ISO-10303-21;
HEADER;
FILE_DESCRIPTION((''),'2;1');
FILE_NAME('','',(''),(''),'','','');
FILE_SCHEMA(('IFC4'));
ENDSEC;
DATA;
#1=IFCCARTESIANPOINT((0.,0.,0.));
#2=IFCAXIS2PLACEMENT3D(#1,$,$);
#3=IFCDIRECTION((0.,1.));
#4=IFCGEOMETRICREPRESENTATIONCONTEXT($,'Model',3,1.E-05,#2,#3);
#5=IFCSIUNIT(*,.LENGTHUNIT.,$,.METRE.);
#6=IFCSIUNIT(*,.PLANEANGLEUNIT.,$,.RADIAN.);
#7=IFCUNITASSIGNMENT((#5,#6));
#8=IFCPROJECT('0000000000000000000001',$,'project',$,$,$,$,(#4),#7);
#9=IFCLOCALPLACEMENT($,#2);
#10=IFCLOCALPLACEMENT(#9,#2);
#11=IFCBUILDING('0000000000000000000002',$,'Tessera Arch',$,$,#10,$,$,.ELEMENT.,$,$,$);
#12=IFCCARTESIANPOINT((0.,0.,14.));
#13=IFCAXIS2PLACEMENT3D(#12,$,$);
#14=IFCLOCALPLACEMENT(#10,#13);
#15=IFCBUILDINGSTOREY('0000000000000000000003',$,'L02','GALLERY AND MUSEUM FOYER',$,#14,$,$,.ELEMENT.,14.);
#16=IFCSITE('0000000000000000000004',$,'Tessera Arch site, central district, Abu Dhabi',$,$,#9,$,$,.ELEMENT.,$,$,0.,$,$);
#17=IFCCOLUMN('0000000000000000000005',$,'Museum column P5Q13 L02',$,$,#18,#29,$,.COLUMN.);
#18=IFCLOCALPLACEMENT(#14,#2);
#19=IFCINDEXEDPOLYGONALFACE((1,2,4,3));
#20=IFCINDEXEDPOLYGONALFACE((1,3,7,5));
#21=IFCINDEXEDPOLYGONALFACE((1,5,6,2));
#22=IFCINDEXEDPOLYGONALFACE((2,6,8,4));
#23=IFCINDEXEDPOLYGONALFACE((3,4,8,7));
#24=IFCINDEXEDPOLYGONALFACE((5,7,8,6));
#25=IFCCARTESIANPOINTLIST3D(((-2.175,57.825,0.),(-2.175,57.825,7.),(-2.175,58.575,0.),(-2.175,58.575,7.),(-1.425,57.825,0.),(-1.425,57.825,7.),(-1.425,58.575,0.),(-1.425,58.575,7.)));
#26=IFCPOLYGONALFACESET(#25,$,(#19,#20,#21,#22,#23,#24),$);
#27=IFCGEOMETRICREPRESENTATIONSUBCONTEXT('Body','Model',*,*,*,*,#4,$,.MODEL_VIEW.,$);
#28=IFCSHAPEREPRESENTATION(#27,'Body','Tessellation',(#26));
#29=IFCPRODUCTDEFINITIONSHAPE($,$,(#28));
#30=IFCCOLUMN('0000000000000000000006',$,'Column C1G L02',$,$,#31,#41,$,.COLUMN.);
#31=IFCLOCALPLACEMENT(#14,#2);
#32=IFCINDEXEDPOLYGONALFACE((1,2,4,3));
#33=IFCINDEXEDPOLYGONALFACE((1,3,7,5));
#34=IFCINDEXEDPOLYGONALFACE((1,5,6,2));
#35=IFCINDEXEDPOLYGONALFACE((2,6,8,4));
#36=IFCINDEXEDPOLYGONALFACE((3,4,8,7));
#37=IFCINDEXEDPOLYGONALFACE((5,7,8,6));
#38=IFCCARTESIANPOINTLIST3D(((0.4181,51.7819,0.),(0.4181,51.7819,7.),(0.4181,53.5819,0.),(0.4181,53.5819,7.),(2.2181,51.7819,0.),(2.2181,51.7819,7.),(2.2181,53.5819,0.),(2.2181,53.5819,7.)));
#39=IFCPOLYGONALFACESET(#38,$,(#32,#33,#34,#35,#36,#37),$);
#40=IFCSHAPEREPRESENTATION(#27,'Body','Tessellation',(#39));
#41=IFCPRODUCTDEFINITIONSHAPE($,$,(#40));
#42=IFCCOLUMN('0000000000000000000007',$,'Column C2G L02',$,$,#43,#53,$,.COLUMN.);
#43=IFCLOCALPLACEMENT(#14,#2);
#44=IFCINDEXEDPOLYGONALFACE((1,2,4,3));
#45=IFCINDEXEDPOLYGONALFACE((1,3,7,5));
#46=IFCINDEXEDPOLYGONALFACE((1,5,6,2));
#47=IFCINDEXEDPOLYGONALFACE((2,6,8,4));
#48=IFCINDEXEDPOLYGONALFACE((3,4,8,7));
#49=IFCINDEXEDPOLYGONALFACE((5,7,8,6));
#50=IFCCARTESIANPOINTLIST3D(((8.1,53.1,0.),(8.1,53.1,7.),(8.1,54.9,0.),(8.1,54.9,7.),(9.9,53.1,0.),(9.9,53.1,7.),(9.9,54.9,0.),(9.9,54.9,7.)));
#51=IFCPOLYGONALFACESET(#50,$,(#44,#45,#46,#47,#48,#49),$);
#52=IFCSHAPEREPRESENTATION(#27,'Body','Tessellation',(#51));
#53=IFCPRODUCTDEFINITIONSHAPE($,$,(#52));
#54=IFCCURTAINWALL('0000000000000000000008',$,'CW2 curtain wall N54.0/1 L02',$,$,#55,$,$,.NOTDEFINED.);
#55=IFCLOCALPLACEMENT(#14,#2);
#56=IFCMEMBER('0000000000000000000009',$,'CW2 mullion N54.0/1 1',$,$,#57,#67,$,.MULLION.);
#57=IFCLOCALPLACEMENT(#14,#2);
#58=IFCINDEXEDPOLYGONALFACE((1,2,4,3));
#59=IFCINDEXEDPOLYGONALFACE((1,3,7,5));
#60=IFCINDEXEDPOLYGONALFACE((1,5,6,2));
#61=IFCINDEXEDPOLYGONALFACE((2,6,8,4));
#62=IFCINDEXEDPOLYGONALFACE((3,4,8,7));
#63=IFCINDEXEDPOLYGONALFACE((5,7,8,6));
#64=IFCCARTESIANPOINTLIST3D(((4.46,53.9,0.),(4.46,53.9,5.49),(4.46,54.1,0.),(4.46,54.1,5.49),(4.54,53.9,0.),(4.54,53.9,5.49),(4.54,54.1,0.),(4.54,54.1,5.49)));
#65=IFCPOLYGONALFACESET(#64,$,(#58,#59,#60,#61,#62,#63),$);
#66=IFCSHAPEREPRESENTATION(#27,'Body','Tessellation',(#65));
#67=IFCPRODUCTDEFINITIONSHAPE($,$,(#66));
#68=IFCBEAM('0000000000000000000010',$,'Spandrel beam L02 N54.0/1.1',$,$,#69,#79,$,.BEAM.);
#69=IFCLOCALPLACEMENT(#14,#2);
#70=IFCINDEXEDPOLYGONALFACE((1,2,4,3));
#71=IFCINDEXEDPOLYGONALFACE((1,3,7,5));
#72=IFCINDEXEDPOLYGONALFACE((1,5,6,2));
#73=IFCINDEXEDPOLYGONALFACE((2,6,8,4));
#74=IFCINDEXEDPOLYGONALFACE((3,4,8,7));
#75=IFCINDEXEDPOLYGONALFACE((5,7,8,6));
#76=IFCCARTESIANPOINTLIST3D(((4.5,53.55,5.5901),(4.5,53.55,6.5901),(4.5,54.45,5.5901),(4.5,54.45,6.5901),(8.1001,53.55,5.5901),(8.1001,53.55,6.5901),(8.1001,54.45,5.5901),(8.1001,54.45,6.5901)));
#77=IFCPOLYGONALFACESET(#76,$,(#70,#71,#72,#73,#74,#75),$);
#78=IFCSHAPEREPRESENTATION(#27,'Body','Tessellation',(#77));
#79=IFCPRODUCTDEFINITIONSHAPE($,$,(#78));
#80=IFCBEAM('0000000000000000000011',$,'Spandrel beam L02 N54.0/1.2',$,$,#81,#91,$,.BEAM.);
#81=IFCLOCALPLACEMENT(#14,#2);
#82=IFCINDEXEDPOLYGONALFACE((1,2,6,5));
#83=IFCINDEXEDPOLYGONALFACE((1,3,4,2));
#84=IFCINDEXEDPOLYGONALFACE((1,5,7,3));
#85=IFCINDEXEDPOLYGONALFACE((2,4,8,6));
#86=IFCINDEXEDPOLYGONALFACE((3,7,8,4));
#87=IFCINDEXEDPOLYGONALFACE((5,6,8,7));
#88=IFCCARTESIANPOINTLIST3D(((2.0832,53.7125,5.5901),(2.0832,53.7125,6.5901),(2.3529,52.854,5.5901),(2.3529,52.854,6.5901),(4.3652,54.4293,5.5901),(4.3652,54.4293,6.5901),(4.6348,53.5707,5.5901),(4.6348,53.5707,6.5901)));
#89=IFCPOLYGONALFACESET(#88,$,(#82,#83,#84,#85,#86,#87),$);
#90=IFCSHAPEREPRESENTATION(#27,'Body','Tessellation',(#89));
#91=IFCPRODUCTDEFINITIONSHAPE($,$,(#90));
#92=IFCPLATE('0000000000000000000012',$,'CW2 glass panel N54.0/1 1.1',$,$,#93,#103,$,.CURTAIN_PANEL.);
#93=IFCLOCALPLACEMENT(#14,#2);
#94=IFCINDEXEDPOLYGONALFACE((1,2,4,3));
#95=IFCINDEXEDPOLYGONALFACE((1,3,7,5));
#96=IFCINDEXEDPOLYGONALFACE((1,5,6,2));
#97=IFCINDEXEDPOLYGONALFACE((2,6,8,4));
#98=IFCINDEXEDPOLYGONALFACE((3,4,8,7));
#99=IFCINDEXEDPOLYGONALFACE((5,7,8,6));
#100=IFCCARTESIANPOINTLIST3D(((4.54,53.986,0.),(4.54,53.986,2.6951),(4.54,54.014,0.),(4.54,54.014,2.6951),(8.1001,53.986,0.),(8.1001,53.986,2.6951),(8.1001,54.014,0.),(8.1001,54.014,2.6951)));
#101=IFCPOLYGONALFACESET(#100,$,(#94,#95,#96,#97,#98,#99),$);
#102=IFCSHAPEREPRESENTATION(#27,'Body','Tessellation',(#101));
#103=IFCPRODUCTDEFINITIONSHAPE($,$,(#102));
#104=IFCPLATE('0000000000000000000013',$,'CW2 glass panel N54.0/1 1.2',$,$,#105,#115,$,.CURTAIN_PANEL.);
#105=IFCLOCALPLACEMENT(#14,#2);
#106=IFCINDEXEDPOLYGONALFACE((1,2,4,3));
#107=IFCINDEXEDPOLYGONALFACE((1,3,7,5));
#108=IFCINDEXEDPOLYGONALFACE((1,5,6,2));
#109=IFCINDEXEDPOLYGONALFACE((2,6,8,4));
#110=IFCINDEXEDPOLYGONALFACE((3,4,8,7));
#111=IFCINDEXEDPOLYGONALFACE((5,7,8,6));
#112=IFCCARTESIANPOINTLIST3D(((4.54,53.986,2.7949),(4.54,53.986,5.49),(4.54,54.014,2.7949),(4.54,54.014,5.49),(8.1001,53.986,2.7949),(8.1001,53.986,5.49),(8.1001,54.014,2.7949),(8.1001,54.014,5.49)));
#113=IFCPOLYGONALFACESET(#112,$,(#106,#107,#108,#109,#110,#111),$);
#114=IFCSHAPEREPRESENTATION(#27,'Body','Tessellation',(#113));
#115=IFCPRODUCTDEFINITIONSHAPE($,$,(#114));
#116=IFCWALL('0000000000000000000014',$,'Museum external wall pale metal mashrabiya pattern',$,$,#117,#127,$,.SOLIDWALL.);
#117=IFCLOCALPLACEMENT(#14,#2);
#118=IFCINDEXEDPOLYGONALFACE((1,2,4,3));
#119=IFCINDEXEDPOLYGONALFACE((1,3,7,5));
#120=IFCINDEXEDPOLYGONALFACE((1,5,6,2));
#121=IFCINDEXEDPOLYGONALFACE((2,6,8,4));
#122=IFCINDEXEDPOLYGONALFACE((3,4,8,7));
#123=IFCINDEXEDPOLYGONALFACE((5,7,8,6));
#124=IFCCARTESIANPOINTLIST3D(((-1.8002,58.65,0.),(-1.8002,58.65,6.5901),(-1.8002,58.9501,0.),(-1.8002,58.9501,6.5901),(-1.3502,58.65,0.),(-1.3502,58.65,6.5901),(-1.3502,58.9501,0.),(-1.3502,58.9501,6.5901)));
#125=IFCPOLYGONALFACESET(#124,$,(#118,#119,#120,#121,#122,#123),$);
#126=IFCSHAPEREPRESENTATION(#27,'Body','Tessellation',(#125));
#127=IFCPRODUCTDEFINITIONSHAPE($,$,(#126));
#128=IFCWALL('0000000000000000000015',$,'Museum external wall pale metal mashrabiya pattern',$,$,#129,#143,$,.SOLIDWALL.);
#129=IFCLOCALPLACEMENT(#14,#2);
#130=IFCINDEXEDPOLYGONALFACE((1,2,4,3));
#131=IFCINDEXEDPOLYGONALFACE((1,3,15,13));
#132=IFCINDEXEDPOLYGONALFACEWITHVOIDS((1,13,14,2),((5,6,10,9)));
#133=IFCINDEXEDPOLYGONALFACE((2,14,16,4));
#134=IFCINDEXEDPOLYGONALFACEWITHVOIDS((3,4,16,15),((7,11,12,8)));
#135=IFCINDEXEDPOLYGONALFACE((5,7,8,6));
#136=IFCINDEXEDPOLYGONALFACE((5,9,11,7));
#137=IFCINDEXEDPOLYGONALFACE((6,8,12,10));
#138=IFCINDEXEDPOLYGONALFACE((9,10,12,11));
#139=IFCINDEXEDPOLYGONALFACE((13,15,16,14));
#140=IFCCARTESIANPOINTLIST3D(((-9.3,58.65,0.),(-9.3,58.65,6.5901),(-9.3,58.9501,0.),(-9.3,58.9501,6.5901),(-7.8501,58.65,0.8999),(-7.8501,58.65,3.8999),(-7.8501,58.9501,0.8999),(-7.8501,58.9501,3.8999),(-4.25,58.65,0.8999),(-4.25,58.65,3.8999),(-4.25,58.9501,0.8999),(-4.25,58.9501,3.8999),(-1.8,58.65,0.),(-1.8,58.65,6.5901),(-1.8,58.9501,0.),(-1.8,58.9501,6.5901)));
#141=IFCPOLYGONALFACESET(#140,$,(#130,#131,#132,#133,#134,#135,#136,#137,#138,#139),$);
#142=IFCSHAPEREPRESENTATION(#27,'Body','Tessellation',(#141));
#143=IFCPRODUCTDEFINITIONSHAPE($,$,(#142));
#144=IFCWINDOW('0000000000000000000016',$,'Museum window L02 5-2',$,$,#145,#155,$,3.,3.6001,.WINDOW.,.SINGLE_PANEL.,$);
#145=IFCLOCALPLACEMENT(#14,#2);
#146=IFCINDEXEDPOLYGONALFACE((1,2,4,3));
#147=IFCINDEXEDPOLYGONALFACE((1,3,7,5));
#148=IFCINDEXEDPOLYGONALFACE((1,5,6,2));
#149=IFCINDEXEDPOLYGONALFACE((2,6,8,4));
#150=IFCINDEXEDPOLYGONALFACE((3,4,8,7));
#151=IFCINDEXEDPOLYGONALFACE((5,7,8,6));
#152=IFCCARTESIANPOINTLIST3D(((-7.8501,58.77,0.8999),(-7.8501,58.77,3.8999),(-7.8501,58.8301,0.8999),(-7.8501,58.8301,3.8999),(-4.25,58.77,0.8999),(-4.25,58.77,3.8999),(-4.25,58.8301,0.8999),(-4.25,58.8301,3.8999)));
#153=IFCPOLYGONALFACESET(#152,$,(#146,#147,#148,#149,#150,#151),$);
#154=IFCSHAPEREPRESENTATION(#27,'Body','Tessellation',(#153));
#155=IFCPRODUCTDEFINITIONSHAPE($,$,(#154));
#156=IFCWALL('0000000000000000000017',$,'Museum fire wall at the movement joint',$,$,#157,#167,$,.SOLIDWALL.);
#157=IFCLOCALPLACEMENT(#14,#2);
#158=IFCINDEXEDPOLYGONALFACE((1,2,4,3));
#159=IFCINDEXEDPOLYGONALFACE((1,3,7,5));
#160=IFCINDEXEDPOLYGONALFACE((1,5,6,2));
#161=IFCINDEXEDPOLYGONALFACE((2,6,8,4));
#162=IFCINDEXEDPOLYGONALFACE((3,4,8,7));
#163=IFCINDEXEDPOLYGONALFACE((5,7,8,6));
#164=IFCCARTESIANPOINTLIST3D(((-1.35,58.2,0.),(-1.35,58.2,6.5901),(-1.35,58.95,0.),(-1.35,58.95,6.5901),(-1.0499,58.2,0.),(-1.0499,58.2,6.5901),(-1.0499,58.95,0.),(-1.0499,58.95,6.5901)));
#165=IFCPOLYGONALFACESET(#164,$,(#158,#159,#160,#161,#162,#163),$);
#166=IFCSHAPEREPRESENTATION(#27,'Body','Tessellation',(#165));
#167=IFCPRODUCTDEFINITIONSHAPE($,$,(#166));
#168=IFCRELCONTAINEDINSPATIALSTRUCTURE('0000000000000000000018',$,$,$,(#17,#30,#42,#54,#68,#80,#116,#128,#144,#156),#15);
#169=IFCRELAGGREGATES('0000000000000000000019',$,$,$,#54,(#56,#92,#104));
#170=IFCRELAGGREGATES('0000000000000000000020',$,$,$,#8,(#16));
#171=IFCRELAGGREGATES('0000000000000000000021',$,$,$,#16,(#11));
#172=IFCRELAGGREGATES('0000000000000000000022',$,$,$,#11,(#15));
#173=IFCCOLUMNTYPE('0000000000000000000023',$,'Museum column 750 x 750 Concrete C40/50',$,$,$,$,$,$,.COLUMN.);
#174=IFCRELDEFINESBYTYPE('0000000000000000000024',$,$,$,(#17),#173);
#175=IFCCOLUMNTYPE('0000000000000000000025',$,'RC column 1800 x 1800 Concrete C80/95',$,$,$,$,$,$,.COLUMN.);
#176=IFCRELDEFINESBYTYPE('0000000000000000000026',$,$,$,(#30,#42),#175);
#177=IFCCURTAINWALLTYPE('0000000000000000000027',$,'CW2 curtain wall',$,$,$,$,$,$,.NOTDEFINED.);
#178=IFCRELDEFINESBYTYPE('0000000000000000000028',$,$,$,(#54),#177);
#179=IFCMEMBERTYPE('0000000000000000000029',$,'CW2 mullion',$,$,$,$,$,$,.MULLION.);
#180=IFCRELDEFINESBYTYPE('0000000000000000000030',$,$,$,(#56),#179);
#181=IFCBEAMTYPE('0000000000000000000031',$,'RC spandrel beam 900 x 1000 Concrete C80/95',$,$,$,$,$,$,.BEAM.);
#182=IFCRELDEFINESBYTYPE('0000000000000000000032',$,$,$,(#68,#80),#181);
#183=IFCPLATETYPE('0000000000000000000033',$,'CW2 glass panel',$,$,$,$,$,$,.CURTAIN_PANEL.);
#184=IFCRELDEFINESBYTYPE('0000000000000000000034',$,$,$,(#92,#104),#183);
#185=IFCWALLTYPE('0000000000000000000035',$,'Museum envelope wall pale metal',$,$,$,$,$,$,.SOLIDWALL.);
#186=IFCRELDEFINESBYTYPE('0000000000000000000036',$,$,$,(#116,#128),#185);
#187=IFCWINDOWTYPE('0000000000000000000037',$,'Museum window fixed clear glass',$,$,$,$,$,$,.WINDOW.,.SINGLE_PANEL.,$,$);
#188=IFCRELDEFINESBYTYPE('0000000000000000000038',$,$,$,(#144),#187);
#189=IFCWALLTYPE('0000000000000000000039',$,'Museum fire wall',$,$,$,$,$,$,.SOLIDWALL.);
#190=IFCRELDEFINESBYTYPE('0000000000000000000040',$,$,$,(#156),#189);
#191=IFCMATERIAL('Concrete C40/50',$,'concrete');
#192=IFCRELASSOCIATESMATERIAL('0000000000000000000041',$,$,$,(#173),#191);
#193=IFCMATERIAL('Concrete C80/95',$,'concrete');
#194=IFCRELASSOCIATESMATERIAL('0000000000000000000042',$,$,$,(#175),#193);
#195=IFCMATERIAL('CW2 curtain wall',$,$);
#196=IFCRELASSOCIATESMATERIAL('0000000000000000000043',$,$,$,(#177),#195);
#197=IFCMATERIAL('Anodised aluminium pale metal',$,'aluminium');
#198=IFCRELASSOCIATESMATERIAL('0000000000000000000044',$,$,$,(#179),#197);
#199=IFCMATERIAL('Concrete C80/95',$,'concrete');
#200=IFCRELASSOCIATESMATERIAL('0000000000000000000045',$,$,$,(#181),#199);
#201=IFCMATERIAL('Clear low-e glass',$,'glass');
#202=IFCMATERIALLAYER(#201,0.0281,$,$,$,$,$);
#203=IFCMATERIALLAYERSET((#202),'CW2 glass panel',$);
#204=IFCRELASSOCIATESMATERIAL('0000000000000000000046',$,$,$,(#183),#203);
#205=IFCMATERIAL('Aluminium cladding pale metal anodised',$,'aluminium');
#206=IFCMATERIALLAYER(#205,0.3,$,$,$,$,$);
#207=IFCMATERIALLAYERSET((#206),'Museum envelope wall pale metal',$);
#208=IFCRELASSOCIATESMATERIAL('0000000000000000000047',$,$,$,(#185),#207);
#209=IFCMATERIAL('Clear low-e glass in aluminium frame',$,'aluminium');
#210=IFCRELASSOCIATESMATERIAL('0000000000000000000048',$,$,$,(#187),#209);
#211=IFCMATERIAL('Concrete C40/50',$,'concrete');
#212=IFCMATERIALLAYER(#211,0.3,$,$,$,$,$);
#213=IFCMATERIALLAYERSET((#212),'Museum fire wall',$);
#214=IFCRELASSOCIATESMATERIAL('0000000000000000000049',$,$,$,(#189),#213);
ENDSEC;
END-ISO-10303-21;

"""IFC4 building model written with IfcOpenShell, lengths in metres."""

from ifc_helpers import new_model, si_unit, direction, frame, frame_2d, origin, origin_2d, place, context, subcontext, project, spatial, rectangle, extrude, material, layer, layer_set, material_profile, profile_set, type_object, element, fill, aggregate, save


model = new_model("IFC4")

# Units and contexts
model_context = context("Model", 3, precision=1e-05, world=origin(), true_north=direction((0.0, 1.0)))
body_context = subcontext(model_context, "Body", "Model", "MODEL_VIEW")
ifc_project = project(units=[si_unit("LENGTHUNIT", "METRE"), si_unit("PLANEANGLEUNIT", "RADIAN")], contexts=[model_context])

# Site, building, storey
site_placement = place(None, origin())
site = spatial("IfcSite", under=ifc_project, at=site_placement, Name="Tessera Arch site, central district, Abu Dhabi", CompositionType="ELEMENT", RefElevation=0.0)
building_placement = place(site_placement, origin())
building = spatial("IfcBuilding", under=site, at=building_placement, Name="Tessera Arch", CompositionType="ELEMENT")
storey_placement = place(building_placement, frame((0.0, 0.0, 14.0)))
storey = spatial("IfcBuildingStorey", under=building, at=storey_placement, Name="L02", Description="GALLERY AND MUSEUM FOYER", CompositionType="ELEMENT", Elevation=14.0)

# Columns
ifc_material_1 = material(Name="Concrete C40/50", Category="concrete")
ifc_material_profile_1 = material_profile(ifc_material_1, rectangle(XDim=0.75, YDim=0.75, at=origin_2d()), Name="Museum column 750 x 750 Concrete C40/50")
ifc_profile_set_1 = profile_set([ifc_material_profile_1], Name="Concrete C40/50")
column_type_1 = type_object("IfcColumnType", Name="Museum column 750 x 750 Concrete C40/50", PredefinedType="COLUMN", material=ifc_profile_set_1)
column_placement = place(storey_placement, frame((-1.8, 58.2, 0.0), z_axis=(0.0, 0.0, 1.0), x_axis=(1.0, 0.0, 0.0)))
element("IfcColumn", 1, at=column_placement, inside=storey, type_object=column_type_1, Name="Museum column P5Q13 L02", PredefinedType="COLUMN", context=body_context, shape_type="SweptSolid", body=[
    extrude(rectangle(XDim=0.75, YDim=0.75, at=origin_2d()), origin(), (0.0, 0.0, 1.0), 7.0),
])
ifc_material_2 = material(Name="Concrete C80/95", Category="concrete")
ifc_material_profile_2 = material_profile(ifc_material_2, rectangle(XDim=1.8, YDim=1.8, at=origin_2d()), Name="RC column 1800 x 1800 Concrete C80/95")
ifc_profile_set_2 = profile_set([ifc_material_profile_2], Name="Concrete C80/95")
column_type_2 = type_object("IfcColumnType", Name="RC column 1800 x 1800 Concrete C80/95", PredefinedType="COLUMN", material=ifc_profile_set_2)
for number, where, z_axis, x_axis, name in (
    (2, (1.3181, 52.6819, 0.0), (0.0, 0.0, 1.0), (1.0, 0.0, 0.0), "Column C1G L02"),
    (3, (9.0, 54.0, 0.0), (0.0, 0.0, 1.0), (1.0, 0.0, 0.0), "Column C2G L02"),
):
    element("IfcColumn", number, at=place(storey_placement, frame(where, z_axis=z_axis, x_axis=x_axis)), inside=storey, type_object=column_type_2, Name=name, PredefinedType="COLUMN", context=body_context, shape_type="SweptSolid", body=[
        extrude(rectangle(XDim=1.8, YDim=1.8, at=origin_2d()), origin(), (0.0, 0.0, 1.0), 7.0),
    ])

# Curtain wall, member
ifc_material_3 = material(Name="CW2 curtain wall")
curtain_wall_type = type_object("IfcCurtainWallType", Name="CW2 curtain wall", PredefinedType="NOTDEFINED", material=ifc_material_3)
curtain_wall_placement = place(storey_placement, origin())
curtain_wall = element("IfcCurtainWall", 4, at=curtain_wall_placement, inside=storey, type_object=curtain_wall_type, Name="CW2 curtain wall N54.0/1 L02", PredefinedType="NOTDEFINED")
ifc_material_4 = material(Name="Anodised aluminium pale metal", Category="aluminium")
ifc_material_profile_3 = material_profile(ifc_material_4, rectangle(XDim=0.2, YDim=0.0801, at=origin_2d()), Name="AL 80x200")
ifc_profile_set_3 = profile_set([ifc_material_profile_3], Name="Anodised aluminium pale metal")
member_type = type_object("IfcMemberType", Name="CW2 mullion", PredefinedType="MULLION", material=ifc_profile_set_3)
member_placement = place(storey_placement, frame((4.5, 54.0, 0.0), z_axis=(0.0, 0.0, 1.0), x_axis=(0.0, -1.0, 0.0)))
member = element("IfcMember", 5, at=member_placement, type_object=member_type, Name="CW2 mullion N54.0/1 1", PredefinedType="MULLION", context=body_context, shape_type="SweptSolid", body=[
    extrude(rectangle(XDim=0.2, YDim=0.0801, at=origin_2d()), origin(), (0.0, 0.0, 1.0), 5.49),
])

# Beams
ifc_material_5 = material(Name="Concrete C80/95", Category="concrete")
ifc_material_profile_4 = material_profile(ifc_material_5, rectangle(XDim=0.8999, YDim=1.0, at=origin_2d()), Name="RC spandrel beam 900 x 1000 Concrete C80/95")
ifc_profile_set_4 = profile_set([ifc_material_profile_4], Name="Concrete C80/95")
beam_type = type_object("IfcBeamType", Name="RC spandrel beam 900 x 1000 Concrete C80/95", PredefinedType="BEAM", material=ifc_profile_set_4)
beam_1_placement = place(storey_placement, frame((8.1001, 54.0, 6.0901), z_axis=(-1.0, 0.0, 0.0), x_axis=(0.0, -1.0, 0.0)))
element("IfcBeam", 6, at=beam_1_placement, inside=storey, type_object=beam_type, Name="Spandrel beam L02 N54.0/1.1", PredefinedType="BEAM", context=body_context, shape_type="SweptSolid", body=[
    extrude(rectangle(XDim=0.8999, YDim=1.0, at=origin_2d()), origin(), (0.0, 0.0, 1.0), 3.6001),
])
beam_2_placement = place(storey_placement, frame((4.5, 54.0, 6.0901), z_axis=(-0.954041, -0.299675, 0.0), x_axis=(0.299675, -0.954041, 0.0)))
element("IfcBeam", 7, at=beam_2_placement, inside=storey, type_object=beam_type, Name="Spandrel beam L02 N54.0/1.2", PredefinedType="BEAM", context=body_context, shape_type="SweptSolid", body=[
    extrude(rectangle(XDim=0.8999, YDim=1.0, at=origin_2d()), origin(), (0.0, 0.0, 1.0), 2.3918),
])

# Plates
ifc_material_6 = material(Name="Clear low-e glass", Category="glass")
ifc_layer_1 = layer(ifc_material_6, 0.0281)
ifc_layer_set_1 = layer_set([ifc_layer_1], Name="CW2 glass panel")
plate_type = type_object("IfcPlateType", Name="CW2 glass panel", PredefinedType="CURTAIN_PANEL", material=ifc_layer_set_1)
plate_1_placement = place(storey_placement, frame((6.3201, 54.0, 0.0), z_axis=(0.0, 0.0, 1.0), x_axis=(-1.0, 0.0, 0.0)))
plate_1 = element("IfcPlate", 8, at=plate_1_placement, type_object=plate_type, Name="CW2 glass panel N54.0/1 1.1", PredefinedType="CURTAIN_PANEL", context=body_context, shape_type="SweptSolid", body=[
    extrude(rectangle(XDim=3.5601, YDim=0.0281, at=origin_2d()), origin(), (0.0, 0.0, 1.0), 2.6951),
])
plate_2_placement = place(storey_placement, frame((6.3201, 54.0, 2.7949), z_axis=(0.0, 0.0, 1.0), x_axis=(-1.0, 0.0, 0.0)))
plate_2 = element("IfcPlate", 9, at=plate_2_placement, type_object=plate_type, Name="CW2 glass panel N54.0/1 1.2", PredefinedType="CURTAIN_PANEL", context=body_context, shape_type="SweptSolid", body=[
    extrude(rectangle(XDim=3.5601, YDim=0.0281, at=origin_2d()), origin(), (0.0, 0.0, 1.0), 2.6951),
])
aggregate(curtain_wall, [member, plate_1, plate_2])

# Wall
ifc_material_7 = material(Name="Aluminium cladding pale metal anodised", Category="aluminium")
ifc_layer_2 = layer(ifc_material_7, 0.3)
ifc_layer_set_2 = layer_set([ifc_layer_2], Name="Museum envelope wall pale metal")
wall_type_1 = type_object("IfcWallType", Name="Museum envelope wall pale metal", PredefinedType="SOLIDWALL", material=ifc_layer_set_2)
wall_1_placement = place(storey_placement, frame((-1.3501, 58.8, 0.0), z_axis=(0.0, 0.0, 1.0), x_axis=(-1.0, 0.0, 0.0)))
element("IfcWall", 10, at=wall_1_placement, inside=storey, type_object=wall_type_1, Name="Museum external wall pale metal mashrabiya pattern", PredefinedType="SOLIDWALL", context=body_context, shape_type="SweptSolid", body=[
    extrude(rectangle(XDim=0.45, YDim=0.3, at=frame_2d((0.2251, 0.0))), origin(), (0.0, 0.0, 1.0), 6.5901),
])

# Wall, opening, window
wall_2_placement = place(storey_placement, frame((-1.8, 58.8, 0.0), z_axis=(0.0, 0.0, 1.0), x_axis=(-1.0, 0.0, 0.0)))
wall_2 = element("IfcWall", 11, at=wall_2_placement, inside=storey, type_object=wall_type_1, Name="Museum external wall pale metal mashrabiya pattern", PredefinedType="SOLIDWALL", context=body_context, shape_type="SweptSolid", body=[
    extrude(rectangle(XDim=7.5, YDim=0.3, at=frame_2d((3.75, 0.0))), origin(), (0.0, 0.0, 1.0), 6.5901),
])
opening_placement = place(wall_2_placement, frame((2.45, 0.0, 0.8999)))
opening = element("IfcOpeningElement", 12, at=opening_placement, cuts=wall_2, PredefinedType="OPENING", context=body_context, shape_type="SweptSolid", body=[
    extrude(rectangle(XDim=3.6001, YDim=3.0, at=frame_2d((1.8, 1.5))), frame((0.0, 0.1599, 0.0), z_axis=(0.0, -1.0, 0.0), x_axis=(1.0, 0.0, 0.0)), (0.0, 0.0, 1.0), 0.3201),
])
ifc_material_8 = material(Name="Clear low-e glass in aluminium frame", Category="aluminium")
window_type = type_object("IfcWindowType", Name="Museum window fixed clear glass", PartitioningType="SINGLE_PANEL", PredefinedType="WINDOW", material=ifc_material_8)
window_placement = place(opening_placement, origin())
window = element("IfcWindow", 13, at=window_placement, inside=storey, type_object=window_type, Name="Museum window L02 5-2", OverallHeight=3.0, OverallWidth=3.6001, PartitioningType="SINGLE_PANEL", PredefinedType="WINDOW", context=body_context, shape_type="SweptSolid", body=[
    extrude(rectangle(XDim=3.6001, YDim=3.0, at=frame_2d((1.8, 1.5))), frame((0.0, 0.03, 0.0), z_axis=(0.0, -1.0, 0.0), x_axis=(1.0, 0.0, 0.0)), (0.0, 0.0, 1.0), 0.0601),
])
fill(opening, window)

# Wall
ifc_material_9 = material(Name="Concrete C40/50", Category="concrete")
ifc_layer_3 = layer(ifc_material_9, 0.3)
ifc_layer_set_3 = layer_set([ifc_layer_3], Name="Museum fire wall")
wall_type_2 = type_object("IfcWallType", Name="Museum fire wall", PredefinedType="SOLIDWALL", material=ifc_layer_set_3)
wall_3_placement = place(storey_placement, frame((-1.2, 58.2, 0.0), z_axis=(0.0, 0.0, 1.0), x_axis=(0.0, 1.0, 0.0)))
element("IfcWall", 14, at=wall_3_placement, inside=storey, type_object=wall_type_2, Name="Museum fire wall at the movement joint", PredefinedType="SOLIDWALL", context=body_context, shape_type="SweptSolid", body=[
    extrude(rectangle(XDim=0.75, YDim=0.3, at=frame_2d((0.375, 0.0))), origin(), (0.0, 0.0, 1.0), 6.5901),
])

save(model, "model.ifc")
